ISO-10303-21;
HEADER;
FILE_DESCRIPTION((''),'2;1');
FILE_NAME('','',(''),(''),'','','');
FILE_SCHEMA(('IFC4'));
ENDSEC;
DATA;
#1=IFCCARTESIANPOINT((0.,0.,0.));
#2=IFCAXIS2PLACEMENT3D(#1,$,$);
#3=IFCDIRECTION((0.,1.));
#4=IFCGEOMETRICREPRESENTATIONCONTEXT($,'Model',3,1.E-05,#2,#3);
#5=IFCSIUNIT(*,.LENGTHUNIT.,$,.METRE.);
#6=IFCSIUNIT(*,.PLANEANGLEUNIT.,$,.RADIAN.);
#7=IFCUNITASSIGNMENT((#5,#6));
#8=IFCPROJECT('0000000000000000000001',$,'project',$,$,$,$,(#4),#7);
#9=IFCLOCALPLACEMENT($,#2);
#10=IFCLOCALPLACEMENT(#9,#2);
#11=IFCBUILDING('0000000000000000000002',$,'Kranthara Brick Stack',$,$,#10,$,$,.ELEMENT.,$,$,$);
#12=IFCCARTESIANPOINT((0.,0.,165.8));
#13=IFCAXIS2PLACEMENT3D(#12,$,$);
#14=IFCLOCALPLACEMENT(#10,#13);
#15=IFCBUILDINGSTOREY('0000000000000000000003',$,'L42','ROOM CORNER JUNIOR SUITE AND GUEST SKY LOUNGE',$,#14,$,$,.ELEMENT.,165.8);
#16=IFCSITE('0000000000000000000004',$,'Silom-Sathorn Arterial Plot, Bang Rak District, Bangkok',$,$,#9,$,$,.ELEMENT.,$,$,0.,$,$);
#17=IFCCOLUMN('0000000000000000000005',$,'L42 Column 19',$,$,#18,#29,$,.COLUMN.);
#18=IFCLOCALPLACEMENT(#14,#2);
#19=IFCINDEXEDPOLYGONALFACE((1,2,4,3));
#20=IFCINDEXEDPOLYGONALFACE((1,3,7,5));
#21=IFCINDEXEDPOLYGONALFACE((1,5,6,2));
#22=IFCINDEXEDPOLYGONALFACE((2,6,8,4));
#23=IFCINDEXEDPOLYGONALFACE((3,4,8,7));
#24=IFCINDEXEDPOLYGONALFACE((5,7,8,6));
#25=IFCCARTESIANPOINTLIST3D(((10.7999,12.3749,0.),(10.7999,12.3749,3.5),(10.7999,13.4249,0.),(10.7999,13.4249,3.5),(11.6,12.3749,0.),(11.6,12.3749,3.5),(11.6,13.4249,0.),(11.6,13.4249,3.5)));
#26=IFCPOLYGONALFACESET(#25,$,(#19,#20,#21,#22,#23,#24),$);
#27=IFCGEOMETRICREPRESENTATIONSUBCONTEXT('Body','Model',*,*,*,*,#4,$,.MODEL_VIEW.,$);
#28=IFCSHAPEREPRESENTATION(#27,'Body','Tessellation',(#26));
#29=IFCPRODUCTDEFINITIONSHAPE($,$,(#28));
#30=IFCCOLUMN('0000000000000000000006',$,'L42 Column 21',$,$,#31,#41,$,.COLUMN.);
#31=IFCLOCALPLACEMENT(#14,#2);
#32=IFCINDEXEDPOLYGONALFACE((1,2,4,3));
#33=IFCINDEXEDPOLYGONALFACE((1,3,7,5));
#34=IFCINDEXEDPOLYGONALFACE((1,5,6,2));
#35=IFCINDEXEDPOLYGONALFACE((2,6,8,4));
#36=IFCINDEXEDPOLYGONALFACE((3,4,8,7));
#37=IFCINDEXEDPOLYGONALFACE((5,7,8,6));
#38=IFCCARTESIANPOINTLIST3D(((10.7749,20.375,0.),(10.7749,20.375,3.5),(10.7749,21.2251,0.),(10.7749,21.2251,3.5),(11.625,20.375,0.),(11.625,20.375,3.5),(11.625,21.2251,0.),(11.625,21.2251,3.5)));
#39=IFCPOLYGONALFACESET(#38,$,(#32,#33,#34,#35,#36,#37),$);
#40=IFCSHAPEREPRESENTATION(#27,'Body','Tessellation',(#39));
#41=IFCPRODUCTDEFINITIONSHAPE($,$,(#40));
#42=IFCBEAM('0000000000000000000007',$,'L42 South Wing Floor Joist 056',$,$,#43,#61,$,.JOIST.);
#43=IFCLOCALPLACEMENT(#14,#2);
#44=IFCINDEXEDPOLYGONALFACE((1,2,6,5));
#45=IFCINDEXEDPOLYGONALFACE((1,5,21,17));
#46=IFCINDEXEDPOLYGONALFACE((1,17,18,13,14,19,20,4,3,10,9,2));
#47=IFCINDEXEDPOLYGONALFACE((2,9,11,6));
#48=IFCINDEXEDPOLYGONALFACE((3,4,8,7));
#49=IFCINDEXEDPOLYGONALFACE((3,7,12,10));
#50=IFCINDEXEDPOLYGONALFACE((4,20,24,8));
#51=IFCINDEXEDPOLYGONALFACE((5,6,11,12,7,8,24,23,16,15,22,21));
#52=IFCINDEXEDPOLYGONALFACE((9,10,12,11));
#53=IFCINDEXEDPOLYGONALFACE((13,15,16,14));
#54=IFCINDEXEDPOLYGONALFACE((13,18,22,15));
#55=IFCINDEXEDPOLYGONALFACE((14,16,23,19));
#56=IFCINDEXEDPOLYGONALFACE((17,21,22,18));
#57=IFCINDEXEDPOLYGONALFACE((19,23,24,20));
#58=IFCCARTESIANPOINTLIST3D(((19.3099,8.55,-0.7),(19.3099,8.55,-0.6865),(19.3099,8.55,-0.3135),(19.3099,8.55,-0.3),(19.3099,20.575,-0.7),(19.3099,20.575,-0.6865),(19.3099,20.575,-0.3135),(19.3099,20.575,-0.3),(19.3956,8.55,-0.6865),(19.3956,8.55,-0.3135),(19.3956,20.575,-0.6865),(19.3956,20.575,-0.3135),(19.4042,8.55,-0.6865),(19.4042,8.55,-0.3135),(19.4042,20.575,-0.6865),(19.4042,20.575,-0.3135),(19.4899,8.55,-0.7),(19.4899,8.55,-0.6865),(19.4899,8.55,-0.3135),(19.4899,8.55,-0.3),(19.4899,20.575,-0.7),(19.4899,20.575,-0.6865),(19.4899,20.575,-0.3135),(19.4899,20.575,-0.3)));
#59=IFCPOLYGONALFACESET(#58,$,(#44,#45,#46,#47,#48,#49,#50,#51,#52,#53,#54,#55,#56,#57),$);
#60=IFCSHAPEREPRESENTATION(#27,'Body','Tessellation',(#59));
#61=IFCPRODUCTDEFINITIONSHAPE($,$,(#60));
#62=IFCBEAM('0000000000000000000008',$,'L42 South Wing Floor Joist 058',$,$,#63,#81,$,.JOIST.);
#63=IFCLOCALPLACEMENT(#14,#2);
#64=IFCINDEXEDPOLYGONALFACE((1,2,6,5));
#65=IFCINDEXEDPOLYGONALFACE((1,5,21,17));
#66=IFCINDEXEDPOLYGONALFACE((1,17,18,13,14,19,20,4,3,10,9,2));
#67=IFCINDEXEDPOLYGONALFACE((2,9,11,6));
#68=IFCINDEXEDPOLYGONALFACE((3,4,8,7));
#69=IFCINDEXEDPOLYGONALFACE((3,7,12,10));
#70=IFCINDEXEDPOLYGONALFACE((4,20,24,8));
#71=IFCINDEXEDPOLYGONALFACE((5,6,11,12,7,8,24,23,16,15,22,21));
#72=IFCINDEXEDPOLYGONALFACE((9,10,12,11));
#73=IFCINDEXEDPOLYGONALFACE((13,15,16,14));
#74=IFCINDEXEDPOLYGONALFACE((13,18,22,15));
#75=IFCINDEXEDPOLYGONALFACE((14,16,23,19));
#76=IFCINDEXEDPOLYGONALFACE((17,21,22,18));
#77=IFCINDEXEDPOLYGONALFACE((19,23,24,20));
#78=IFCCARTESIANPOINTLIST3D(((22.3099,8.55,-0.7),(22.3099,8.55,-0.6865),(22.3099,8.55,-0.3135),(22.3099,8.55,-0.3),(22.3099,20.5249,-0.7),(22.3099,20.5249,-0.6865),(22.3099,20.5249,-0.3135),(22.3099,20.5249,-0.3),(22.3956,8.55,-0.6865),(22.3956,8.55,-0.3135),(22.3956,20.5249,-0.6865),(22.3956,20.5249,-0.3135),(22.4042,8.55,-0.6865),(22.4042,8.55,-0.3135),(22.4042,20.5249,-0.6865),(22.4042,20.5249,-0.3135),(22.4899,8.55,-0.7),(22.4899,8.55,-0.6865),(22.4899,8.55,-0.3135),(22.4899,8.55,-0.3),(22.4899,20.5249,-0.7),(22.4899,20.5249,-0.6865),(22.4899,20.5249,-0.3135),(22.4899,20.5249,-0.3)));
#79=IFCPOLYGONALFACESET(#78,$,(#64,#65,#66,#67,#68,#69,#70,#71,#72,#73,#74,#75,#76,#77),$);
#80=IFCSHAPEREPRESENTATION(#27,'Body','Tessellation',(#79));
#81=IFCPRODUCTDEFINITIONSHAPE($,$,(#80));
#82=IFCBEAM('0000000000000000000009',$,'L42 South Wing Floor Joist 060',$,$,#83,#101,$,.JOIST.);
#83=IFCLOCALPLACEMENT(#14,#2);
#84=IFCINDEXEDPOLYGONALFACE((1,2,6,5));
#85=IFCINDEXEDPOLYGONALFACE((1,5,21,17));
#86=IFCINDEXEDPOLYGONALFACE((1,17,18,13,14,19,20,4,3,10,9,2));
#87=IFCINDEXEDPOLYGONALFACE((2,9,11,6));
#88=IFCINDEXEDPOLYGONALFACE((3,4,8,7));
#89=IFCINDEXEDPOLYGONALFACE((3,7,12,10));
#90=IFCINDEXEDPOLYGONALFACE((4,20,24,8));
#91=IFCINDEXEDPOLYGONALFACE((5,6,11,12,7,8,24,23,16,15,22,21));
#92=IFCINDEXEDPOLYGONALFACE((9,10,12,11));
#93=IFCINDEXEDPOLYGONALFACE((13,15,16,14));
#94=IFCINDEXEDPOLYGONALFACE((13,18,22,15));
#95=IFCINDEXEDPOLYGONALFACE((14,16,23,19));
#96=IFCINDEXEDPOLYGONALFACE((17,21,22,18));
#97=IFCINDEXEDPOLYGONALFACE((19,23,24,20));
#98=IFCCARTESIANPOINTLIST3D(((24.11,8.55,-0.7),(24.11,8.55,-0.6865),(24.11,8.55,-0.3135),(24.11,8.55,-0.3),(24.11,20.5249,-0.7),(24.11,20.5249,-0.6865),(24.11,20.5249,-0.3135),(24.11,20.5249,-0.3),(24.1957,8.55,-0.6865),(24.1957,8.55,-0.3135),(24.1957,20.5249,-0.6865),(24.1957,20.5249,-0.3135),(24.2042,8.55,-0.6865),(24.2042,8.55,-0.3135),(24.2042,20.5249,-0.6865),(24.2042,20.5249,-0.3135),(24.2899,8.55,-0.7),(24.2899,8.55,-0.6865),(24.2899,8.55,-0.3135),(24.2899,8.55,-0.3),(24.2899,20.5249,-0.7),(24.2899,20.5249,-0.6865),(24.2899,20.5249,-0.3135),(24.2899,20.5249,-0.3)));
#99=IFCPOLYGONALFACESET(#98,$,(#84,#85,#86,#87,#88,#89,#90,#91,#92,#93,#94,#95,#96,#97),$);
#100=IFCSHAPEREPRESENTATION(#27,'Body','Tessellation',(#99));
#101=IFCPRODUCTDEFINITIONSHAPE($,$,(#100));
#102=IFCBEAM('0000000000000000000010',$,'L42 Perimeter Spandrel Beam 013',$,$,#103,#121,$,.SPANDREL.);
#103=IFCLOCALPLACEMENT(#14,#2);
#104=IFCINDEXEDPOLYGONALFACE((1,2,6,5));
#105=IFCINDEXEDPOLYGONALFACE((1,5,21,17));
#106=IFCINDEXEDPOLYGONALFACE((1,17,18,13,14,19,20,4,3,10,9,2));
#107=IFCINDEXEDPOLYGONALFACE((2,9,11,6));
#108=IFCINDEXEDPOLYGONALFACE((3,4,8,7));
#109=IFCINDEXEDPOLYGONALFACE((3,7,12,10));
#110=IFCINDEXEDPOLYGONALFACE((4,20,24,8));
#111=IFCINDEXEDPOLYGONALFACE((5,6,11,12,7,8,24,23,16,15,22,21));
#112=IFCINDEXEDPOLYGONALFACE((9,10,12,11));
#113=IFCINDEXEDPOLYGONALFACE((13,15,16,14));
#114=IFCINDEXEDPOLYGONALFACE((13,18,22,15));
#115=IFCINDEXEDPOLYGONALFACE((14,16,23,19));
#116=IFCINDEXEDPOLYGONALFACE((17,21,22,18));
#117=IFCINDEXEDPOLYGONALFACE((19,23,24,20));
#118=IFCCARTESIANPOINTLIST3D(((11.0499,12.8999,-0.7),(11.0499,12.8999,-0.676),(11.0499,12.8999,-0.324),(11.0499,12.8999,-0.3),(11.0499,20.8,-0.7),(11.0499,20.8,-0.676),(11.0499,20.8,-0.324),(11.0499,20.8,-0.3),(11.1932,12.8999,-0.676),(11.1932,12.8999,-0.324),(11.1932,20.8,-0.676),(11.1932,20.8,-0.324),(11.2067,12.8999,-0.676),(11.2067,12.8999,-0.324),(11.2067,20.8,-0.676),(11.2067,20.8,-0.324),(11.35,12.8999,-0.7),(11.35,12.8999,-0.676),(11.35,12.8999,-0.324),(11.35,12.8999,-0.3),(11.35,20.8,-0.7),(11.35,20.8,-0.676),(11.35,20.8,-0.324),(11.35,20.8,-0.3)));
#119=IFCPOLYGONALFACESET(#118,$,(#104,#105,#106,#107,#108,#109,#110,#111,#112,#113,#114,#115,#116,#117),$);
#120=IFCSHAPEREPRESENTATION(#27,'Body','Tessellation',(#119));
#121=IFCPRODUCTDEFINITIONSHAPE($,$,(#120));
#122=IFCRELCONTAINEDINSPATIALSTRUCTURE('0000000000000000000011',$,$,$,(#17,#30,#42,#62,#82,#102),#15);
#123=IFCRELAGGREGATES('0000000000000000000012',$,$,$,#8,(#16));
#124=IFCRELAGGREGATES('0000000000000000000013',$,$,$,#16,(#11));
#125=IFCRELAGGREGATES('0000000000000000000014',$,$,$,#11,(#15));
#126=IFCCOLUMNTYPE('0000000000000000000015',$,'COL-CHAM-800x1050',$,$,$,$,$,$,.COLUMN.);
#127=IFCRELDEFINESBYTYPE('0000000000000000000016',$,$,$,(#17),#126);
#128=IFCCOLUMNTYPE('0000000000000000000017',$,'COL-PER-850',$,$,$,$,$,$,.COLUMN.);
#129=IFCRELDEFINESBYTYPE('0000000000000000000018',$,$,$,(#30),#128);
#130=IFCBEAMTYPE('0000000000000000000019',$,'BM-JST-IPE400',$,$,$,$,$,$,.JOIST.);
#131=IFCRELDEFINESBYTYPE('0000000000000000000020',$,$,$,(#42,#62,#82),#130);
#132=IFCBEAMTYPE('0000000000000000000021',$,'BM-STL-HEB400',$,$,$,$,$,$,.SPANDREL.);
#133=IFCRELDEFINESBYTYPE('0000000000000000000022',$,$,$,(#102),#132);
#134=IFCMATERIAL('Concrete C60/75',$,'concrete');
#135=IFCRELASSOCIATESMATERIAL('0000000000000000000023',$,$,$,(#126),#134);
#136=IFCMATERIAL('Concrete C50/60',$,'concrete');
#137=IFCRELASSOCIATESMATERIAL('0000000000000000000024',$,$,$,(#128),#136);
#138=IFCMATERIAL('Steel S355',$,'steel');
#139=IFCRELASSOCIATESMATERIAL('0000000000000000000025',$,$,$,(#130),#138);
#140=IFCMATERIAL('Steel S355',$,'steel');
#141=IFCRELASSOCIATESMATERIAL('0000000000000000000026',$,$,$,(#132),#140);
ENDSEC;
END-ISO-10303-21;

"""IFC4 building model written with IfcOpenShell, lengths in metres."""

from ifc_helpers import new_model, si_unit, direction, frame, origin, origin_2d, place, context, subcontext, project, spatial, rectangle, i_section, extrude, material, material_profile, profile_set, type_object, element, save


model = new_model("IFC4")

# Units and contexts
model_context = context("Model", 3, precision=1e-05, world=origin(), true_north=direction((0.0, 1.0)))
body_context = subcontext(model_context, "Body", "Model", "MODEL_VIEW")
ifc_project = project(units=[si_unit("LENGTHUNIT", "METRE"), si_unit("PLANEANGLEUNIT", "RADIAN")], contexts=[model_context])

# Site, building, storey
site_placement = place(None, origin())
site = spatial("IfcSite", under=ifc_project, at=site_placement, Name="Silom-Sathorn Arterial Plot, Bang Rak District, Bangkok", CompositionType="ELEMENT", RefElevation=0.0)
building_placement = place(site_placement, origin())
building = spatial("IfcBuilding", under=site, at=building_placement, Name="Kranthara Brick Stack", CompositionType="ELEMENT")
storey_placement = place(building_placement, frame((0.0, 0.0, 165.8)))
storey = spatial("IfcBuildingStorey", under=building, at=storey_placement, Name="L42", Description="ROOM CORNER JUNIOR SUITE AND GUEST SKY LOUNGE", CompositionType="ELEMENT", Elevation=165.8)

# Columns
ifc_material_1 = material(Name="Concrete C60/75", Category="concrete")
ifc_material_profile_1 = material_profile(ifc_material_1, rectangle(XDim=0.8, YDim=1.05, at=origin_2d()), Name="RC 800x1050")
ifc_profile_set_1 = profile_set([ifc_material_profile_1], Name="Concrete C60/75")
column_type_1 = type_object("IfcColumnType", Name="COL-CHAM-800x1050", PredefinedType="COLUMN", material=ifc_profile_set_1)
column_1_placement = place(storey_placement, frame((11.2, 12.8999, 0.0), z_axis=(0.0, 0.0, 1.0), x_axis=(1.0, 0.0, 0.0)))
element("IfcColumn", 1, at=column_1_placement, inside=storey, type_object=column_type_1, Name="L42 Column 19", PredefinedType="COLUMN", context=body_context, shape_type="SweptSolid", body=[
    extrude(rectangle(XDim=0.8, YDim=1.05, at=origin_2d()), origin(), (0.0, 0.0, 1.0), 3.5),
])
ifc_material_2 = material(Name="Concrete C50/60", Category="concrete")
ifc_material_profile_2 = material_profile(ifc_material_2, rectangle(XDim=0.8501, YDim=0.8501, at=origin_2d()), Name="RC 850x850")
ifc_profile_set_2 = profile_set([ifc_material_profile_2], Name="Concrete C50/60")
column_type_2 = type_object("IfcColumnType", Name="COL-PER-850", PredefinedType="COLUMN", material=ifc_profile_set_2)
column_2_placement = place(storey_placement, frame((11.2, 20.8, 0.0), z_axis=(0.0, 0.0, 1.0), x_axis=(1.0, 0.0, 0.0)))
element("IfcColumn", 2, at=column_2_placement, inside=storey, type_object=column_type_2, Name="L42 Column 21", PredefinedType="COLUMN", context=body_context, shape_type="SweptSolid", body=[
    extrude(rectangle(XDim=0.8501, YDim=0.8501, at=origin_2d()), origin(), (0.0, 0.0, 1.0), 3.5),
])

# Beams
ifc_material_3 = material(Name="Steel S355", Category="steel")
ifc_material_profile_3 = material_profile(ifc_material_3, i_section(OverallWidth=0.1799, OverallDepth=0.3999, WebThickness=0.0085, FlangeThickness=0.0134, at=origin_2d()), Name="IPE 400")
ifc_profile_set_3 = profile_set([ifc_material_profile_3], Name="Steel S355")
beam_type_1 = type_object("IfcBeamType", Name="BM-JST-IPE400", PredefinedType="JOIST", material=ifc_profile_set_3)
beam_1_placement = place(storey_placement, frame((19.3999, 8.55, -0.5), z_axis=(0.0, 1.0, 0.0), x_axis=(-1.0, 0.0, 0.0)))
element("IfcBeam", 3, at=beam_1_placement, inside=storey, type_object=beam_type_1, Name="L42 South Wing Floor Joist 056", PredefinedType="JOIST", context=body_context, shape_type="SweptSolid", body=[
    extrude(i_section(OverallWidth=0.1799, OverallDepth=0.3999, WebThickness=0.0085, FlangeThickness=0.0134, at=origin_2d()), origin(), (0.0, 0.0, 1.0), 12.0249),
])
for number, where, z_axis, x_axis, name in (
    (4, (22.3999, 8.55, -0.5), (0.0, 1.0, 0.0), (-1.0, 0.0, 0.0), "L42 South Wing Floor Joist 058"),
    (5, (24.2, 8.55, -0.5), (0.0, 1.0, 0.0), (-1.0, 0.0, 0.0), "L42 South Wing Floor Joist 060"),
):
    element("IfcBeam", number, at=place(storey_placement, frame(where, z_axis=z_axis, x_axis=x_axis)), inside=storey, type_object=beam_type_1, Name=name, PredefinedType="JOIST", context=body_context, shape_type="SweptSolid", body=[
        extrude(i_section(OverallWidth=0.1799, OverallDepth=0.3999, WebThickness=0.0085, FlangeThickness=0.0134, at=origin_2d()), origin(), (0.0, 0.0, 1.0), 11.9749),
    ])
ifc_material_4 = material(Name="Steel S355", Category="steel")
ifc_material_profile_4 = material_profile(ifc_material_4, i_section(OverallWidth=0.3, OverallDepth=0.3999, WebThickness=0.0134, FlangeThickness=0.0239, at=origin_2d()), Name="HEB 400")
ifc_profile_set_4 = profile_set([ifc_material_profile_4], Name="Steel S355")
beam_type_2 = type_object("IfcBeamType", Name="BM-STL-HEB400", PredefinedType="SPANDREL", material=ifc_profile_set_4)
beam_2_placement = place(storey_placement, frame((11.2, 12.8999, -0.5), z_axis=(0.0, 1.0, 0.0), x_axis=(-1.0, 0.0, 0.0)))
element("IfcBeam", 6, at=beam_2_placement, inside=storey, type_object=beam_type_2, Name="L42 Perimeter Spandrel Beam 013", PredefinedType="SPANDREL", context=body_context, shape_type="SweptSolid", body=[
    extrude(i_section(OverallWidth=0.3, OverallDepth=0.3999, WebThickness=0.0134, FlangeThickness=0.0239, at=origin_2d()), origin(), (0.0, 0.0, 1.0), 7.9001),
])

save(model, "model.ifc")
